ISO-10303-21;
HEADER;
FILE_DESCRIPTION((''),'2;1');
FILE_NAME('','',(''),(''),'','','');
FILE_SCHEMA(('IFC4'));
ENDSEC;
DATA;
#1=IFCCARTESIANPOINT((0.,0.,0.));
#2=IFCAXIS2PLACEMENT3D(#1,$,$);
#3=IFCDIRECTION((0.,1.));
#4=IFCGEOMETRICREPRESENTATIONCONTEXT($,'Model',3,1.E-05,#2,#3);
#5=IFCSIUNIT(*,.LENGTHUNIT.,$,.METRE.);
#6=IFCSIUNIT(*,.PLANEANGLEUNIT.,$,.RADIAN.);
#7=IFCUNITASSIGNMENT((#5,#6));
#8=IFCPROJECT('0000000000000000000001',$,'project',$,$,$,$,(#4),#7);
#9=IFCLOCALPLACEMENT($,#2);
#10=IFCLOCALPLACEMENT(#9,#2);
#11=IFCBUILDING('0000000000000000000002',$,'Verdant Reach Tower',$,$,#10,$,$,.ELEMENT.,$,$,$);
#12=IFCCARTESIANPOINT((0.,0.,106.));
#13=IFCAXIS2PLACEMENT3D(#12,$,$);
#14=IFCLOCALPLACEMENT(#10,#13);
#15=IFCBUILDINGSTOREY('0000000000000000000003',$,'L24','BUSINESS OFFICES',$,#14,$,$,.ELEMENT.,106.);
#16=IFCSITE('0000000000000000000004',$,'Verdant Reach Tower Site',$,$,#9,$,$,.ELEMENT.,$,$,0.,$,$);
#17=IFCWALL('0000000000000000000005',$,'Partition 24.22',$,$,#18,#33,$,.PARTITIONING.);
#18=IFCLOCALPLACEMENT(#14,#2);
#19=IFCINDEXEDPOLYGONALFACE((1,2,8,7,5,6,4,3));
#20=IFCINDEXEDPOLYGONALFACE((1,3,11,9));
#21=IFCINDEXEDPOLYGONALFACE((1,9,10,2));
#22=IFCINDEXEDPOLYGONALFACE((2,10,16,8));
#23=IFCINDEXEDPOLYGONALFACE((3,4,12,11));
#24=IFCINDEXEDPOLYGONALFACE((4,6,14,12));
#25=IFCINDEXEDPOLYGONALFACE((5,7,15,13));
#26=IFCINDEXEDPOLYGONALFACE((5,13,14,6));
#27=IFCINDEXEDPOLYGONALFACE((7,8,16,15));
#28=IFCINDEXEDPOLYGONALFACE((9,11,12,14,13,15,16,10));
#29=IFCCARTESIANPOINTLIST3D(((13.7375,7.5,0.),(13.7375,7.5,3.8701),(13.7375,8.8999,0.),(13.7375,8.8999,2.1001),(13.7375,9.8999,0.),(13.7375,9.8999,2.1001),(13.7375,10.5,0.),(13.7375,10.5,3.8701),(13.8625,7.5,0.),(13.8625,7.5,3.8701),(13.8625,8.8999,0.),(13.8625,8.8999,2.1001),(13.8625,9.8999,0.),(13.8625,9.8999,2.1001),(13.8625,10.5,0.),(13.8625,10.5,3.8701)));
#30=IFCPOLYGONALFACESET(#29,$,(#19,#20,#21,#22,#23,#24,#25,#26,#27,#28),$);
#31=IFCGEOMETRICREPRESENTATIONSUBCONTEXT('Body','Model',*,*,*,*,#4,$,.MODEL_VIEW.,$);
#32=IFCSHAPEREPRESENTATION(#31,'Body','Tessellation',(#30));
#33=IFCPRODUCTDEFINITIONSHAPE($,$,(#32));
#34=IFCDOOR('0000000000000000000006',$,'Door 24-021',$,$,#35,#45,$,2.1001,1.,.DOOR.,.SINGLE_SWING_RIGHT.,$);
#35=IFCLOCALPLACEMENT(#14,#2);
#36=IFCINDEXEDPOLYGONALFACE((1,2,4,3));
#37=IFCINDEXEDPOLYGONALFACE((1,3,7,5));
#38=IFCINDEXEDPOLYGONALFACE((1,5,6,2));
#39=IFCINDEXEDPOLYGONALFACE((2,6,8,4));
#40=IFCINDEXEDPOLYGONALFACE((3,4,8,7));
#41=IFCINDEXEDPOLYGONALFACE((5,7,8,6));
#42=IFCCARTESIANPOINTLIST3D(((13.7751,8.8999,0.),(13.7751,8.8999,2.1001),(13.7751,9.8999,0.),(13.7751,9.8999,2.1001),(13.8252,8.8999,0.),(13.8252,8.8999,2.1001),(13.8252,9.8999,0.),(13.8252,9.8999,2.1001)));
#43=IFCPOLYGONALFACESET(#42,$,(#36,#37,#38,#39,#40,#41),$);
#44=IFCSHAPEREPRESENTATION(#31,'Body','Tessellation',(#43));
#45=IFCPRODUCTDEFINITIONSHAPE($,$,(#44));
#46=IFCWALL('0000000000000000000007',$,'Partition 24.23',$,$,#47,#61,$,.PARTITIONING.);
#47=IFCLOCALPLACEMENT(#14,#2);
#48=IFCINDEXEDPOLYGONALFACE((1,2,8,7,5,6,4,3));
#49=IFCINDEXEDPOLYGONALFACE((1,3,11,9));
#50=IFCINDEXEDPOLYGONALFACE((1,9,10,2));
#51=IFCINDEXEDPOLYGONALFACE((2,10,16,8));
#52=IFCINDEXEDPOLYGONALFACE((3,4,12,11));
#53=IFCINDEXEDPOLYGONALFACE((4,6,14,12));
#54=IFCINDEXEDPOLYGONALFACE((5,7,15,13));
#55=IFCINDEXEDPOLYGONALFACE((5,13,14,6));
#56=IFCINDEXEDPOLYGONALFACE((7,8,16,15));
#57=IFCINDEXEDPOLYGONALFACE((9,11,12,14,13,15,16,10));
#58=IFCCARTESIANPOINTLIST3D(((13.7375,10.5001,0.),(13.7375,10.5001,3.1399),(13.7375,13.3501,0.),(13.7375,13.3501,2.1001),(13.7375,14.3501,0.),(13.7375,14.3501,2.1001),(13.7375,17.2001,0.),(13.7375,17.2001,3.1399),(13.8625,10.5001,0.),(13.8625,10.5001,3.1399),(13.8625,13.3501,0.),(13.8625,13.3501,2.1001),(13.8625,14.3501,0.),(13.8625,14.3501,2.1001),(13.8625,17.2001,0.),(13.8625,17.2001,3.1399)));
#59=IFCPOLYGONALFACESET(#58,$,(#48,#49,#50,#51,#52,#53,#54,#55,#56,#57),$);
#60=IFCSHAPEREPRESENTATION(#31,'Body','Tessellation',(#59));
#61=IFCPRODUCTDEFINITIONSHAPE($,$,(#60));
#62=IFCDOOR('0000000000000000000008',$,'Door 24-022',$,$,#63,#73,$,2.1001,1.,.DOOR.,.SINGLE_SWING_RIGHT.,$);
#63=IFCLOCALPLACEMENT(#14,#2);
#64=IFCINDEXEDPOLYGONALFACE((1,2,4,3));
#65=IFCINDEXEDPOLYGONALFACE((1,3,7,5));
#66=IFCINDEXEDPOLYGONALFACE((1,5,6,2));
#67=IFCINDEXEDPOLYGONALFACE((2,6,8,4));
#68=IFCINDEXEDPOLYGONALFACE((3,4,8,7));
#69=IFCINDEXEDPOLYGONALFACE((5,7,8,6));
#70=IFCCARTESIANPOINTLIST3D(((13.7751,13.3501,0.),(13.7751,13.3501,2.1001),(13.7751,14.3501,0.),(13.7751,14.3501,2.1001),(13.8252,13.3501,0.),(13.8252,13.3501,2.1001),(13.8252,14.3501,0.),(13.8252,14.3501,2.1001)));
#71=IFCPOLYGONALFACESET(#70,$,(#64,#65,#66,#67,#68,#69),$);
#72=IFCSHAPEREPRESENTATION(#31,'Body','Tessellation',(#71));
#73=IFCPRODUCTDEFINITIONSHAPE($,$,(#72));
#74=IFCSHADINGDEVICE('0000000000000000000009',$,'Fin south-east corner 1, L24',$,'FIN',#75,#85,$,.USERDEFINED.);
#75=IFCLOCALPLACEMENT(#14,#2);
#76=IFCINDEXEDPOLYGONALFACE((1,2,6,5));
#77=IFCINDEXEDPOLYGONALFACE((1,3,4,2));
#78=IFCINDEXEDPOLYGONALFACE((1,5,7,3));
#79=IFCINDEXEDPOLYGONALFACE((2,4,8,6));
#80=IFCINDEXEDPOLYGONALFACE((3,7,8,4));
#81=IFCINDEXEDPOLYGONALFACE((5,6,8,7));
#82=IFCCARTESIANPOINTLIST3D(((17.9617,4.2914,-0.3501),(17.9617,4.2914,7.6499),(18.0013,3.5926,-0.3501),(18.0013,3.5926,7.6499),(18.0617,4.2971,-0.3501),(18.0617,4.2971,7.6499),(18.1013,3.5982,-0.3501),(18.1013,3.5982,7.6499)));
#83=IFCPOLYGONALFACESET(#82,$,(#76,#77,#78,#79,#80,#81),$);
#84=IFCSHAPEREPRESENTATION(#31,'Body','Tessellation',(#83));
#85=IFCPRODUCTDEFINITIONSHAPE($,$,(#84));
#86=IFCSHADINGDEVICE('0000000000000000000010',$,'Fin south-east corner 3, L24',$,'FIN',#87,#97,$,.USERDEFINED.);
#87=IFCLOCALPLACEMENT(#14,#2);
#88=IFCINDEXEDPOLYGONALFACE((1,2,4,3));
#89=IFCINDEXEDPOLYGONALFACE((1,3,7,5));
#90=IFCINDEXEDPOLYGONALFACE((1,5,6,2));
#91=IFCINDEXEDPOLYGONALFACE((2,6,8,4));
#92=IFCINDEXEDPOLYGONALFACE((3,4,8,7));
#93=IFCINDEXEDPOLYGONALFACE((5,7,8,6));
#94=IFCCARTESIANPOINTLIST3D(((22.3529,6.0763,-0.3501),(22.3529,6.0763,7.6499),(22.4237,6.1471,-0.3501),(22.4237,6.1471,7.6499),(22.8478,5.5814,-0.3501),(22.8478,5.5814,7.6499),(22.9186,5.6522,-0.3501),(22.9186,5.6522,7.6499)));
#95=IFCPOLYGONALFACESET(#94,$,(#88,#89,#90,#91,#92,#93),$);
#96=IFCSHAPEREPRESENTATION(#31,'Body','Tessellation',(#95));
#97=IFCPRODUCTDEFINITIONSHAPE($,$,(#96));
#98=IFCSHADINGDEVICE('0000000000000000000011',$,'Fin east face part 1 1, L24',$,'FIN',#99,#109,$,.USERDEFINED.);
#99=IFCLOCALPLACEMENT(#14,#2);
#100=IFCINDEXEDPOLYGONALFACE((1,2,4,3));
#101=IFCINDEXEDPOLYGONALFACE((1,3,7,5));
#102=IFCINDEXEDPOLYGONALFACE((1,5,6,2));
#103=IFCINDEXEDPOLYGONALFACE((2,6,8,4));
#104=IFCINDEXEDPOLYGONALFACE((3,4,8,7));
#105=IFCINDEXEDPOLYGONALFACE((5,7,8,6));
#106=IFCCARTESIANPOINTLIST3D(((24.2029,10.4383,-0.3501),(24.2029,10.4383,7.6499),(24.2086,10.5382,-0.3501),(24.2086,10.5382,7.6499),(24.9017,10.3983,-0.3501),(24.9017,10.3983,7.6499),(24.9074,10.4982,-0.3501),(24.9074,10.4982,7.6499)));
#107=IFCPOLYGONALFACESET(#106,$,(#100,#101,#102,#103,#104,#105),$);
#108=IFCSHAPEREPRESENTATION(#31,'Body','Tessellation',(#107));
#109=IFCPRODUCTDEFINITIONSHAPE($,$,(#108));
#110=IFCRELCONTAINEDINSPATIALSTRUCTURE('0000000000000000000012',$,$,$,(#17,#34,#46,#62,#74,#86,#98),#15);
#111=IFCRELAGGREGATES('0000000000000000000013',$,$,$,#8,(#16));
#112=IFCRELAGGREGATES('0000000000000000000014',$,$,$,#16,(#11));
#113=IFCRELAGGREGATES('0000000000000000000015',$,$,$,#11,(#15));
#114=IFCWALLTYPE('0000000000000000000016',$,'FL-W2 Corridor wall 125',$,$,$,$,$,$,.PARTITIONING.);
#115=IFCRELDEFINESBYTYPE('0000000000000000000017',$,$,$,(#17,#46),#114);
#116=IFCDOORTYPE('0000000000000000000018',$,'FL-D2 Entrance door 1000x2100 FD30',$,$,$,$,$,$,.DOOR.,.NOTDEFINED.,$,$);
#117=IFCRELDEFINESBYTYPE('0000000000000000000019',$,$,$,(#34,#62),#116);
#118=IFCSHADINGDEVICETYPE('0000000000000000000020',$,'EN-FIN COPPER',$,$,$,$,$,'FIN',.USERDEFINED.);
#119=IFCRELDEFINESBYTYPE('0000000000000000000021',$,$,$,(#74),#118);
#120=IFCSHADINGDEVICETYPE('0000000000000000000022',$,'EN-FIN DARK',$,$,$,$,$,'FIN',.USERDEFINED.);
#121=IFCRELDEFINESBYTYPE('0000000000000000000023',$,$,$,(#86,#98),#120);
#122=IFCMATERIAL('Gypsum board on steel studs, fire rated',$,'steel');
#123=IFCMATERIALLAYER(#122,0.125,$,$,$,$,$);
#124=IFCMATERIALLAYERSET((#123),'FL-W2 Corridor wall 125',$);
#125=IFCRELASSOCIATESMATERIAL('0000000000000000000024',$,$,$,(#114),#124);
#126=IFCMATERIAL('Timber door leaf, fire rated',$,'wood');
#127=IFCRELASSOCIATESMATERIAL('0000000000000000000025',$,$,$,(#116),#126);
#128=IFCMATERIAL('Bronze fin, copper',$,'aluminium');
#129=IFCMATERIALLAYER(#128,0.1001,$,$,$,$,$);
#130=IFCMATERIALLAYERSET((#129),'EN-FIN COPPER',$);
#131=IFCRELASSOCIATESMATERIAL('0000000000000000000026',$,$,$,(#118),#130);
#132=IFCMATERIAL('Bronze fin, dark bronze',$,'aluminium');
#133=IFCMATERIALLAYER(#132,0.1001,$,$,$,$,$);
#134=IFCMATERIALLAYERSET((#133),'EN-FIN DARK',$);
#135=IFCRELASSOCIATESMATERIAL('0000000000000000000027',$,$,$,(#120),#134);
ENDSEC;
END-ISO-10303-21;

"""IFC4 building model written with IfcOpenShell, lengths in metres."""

from ifc_helpers import new_model, si_unit, direction, frame, frame_2d, origin, origin_2d, place, context, subcontext, project, spatial, rectangle, extrude, material, layer, layer_set, type_object, element, fill, save


model = new_model("IFC4")

# Units and contexts
model_context = context("Model", 3, precision=1e-05, world=origin(), true_north=direction((0.0, 1.0)))
body_context = subcontext(model_context, "Body", "Model", "MODEL_VIEW")
ifc_project = project(units=[si_unit("LENGTHUNIT", "METRE"), si_unit("PLANEANGLEUNIT", "RADIAN")], contexts=[model_context])

# Site, building, storey
site_placement = place(None, origin())
site = spatial("IfcSite", under=ifc_project, at=site_placement, Name="Verdant Reach Tower Site", CompositionType="ELEMENT", RefElevation=0.0)
building_placement = place(site_placement, origin())
building = spatial("IfcBuilding", under=site, at=building_placement, Name="Verdant Reach Tower", CompositionType="ELEMENT")
storey_placement = place(building_placement, frame((0.0, 0.0, 106.0)))
storey = spatial("IfcBuildingStorey", under=building, at=storey_placement, Name="L24", Description="BUSINESS OFFICES", CompositionType="ELEMENT", Elevation=106.0)

# Walls, openings, doors
ifc_material_1 = material(Name="Gypsum board on steel studs, fire rated", Category="steel")
ifc_layer_1 = layer(ifc_material_1, 0.125)
ifc_layer_set_1 = layer_set([ifc_layer_1], Name="FL-W2 Corridor wall 125")
wall_type_1 = type_object("IfcWallType", Name="FL-W2 Corridor wall 125", PredefinedType="PARTITIONING", material=ifc_layer_set_1)
wall_1_placement = place(storey_placement, frame((13.8, 7.5, 0.0), z_axis=(0.0, 0.0, 1.0), x_axis=(0.0, 1.0, 0.0)))
wall_1 = element("IfcWall", 1, at=wall_1_placement, inside=storey, type_object=wall_type_1, Name="Partition 24.22", PredefinedType="PARTITIONING", context=body_context, shape_type="SweptSolid", body=[
    extrude(rectangle(XDim=3.0, YDim=0.125, at=frame_2d((1.5, 0.0))), origin(), (0.0, 0.0, 1.0), 3.8701),
])
opening_1_placement = place(wall_1_placement, frame((1.3999, 0.0, 0.0)))
opening_1 = element("IfcOpeningElement", 2, at=opening_1_placement, cuts=wall_1, PredefinedType="OPENING", context=body_context, shape_type="SweptSolid", body=[
    extrude(rectangle(XDim=1.0, YDim=2.1001, at=frame_2d((0.5, 1.05))), frame((0.0, 0.0725, 0.0), z_axis=(0.0, -1.0, 0.0), x_axis=(1.0, 0.0, 0.0)), (0.0, 0.0, 1.0), 0.145),
])
ifc_material_2 = material(Name="Timber door leaf, fire rated", Category="wood")
door_type = type_object("IfcDoorType", Name="FL-D2 Entrance door 1000x2100 FD30", OperationType="NOTDEFINED", PredefinedType="DOOR", material=ifc_material_2)
door_1_placement = place(opening_1_placement, origin())
door_1 = element("IfcDoor", 3, at=door_1_placement, inside=storey, type_object=door_type, Name="Door 24-021", OperationType="SINGLE_SWING_RIGHT", OverallHeight=2.1001, OverallWidth=1.0, PredefinedType="DOOR", context=body_context, shape_type="SweptSolid", body=[
    extrude(rectangle(XDim=1.0, YDim=2.1001, at=frame_2d((0.5, 1.05))), frame((0.0, 0.0249, 0.0), z_axis=(0.0, -1.0, 0.0), x_axis=(1.0, 0.0, 0.0)), (0.0, 0.0, 1.0), 0.05),
])
fill(opening_1, door_1)
wall_2_placement = place(storey_placement, frame((13.8, 10.5, 0.0), z_axis=(0.0, 0.0, 1.0), x_axis=(0.0, 1.0, 0.0)))
wall_2 = element("IfcWall", 4, at=wall_2_placement, inside=storey, type_object=wall_type_1, Name="Partition 24.23", PredefinedType="PARTITIONING", context=body_context, shape_type="SweptSolid", body=[
    extrude(rectangle(XDim=6.7, YDim=0.125, at=frame_2d((3.3501, 0.0))), origin(), (0.0, 0.0, 1.0), 3.1399),
])
opening_2_placement = place(wall_2_placement, frame((2.8501, 0.0, 0.0)))
opening_2 = element("IfcOpeningElement", 5, at=opening_2_placement, cuts=wall_2, PredefinedType="OPENING", context=body_context, shape_type="SweptSolid", body=[
    extrude(rectangle(XDim=1.0, YDim=2.1001, at=frame_2d((0.5, 1.05))), frame((0.0, 0.0725, 0.0), z_axis=(0.0, -1.0, 0.0), x_axis=(1.0, 0.0, 0.0)), (0.0, 0.0, 1.0), 0.145),
])
door_2_placement = place(opening_2_placement, origin())
door_2 = element("IfcDoor", 6, at=door_2_placement, inside=storey, type_object=door_type, Name="Door 24-022", OperationType="SINGLE_SWING_RIGHT", OverallHeight=2.1001, OverallWidth=1.0, PredefinedType="DOOR", context=body_context, shape_type="SweptSolid", body=[
    extrude(rectangle(XDim=1.0, YDim=2.1001, at=frame_2d((0.5, 1.05))), frame((0.0, 0.0249, 0.0), z_axis=(0.0, -1.0, 0.0), x_axis=(1.0, 0.0, 0.0)), (0.0, 0.0, 1.0), 0.05),
])
fill(opening_2, door_2)

# Shading devices
ifc_material_3 = material(Name="Bronze fin, copper", Category="aluminium")
ifc_layer_2 = layer(ifc_material_3, 0.1001)
ifc_layer_set_2 = layer_set([ifc_layer_2], Name="EN-FIN COPPER")
shading_device_type_1 = type_object("IfcShadingDeviceType", Name="EN-FIN COPPER", ElementType="FIN", PredefinedType="USERDEFINED", material=ifc_layer_set_2)
shading_device_placement = place(storey_placement, frame((18.0315, 3.9448, -0.3501), z_axis=(0.0, 0.0, 1.0), x_axis=(0.998399, 0.056569, 0.0)))
element("IfcShadingDevice", 7, at=shading_device_placement, inside=storey, type_object=shading_device_type_1, Name="Fin south-east corner 1, L24", ObjectType="FIN", PredefinedType="USERDEFINED", context=body_context, shape_type="SweptSolid", body=[
    extrude(rectangle(XDim=0.1001, YDim=0.7, at=origin_2d()), origin(), (0.0, 0.0, 1.0), 8.0),
])
ifc_material_4 = material(Name="Bronze fin, dark bronze", Category="aluminium")
ifc_layer_3 = layer(ifc_material_4, 0.1001)
ifc_layer_set_3 = layer_set([ifc_layer_3], Name="EN-FIN DARK")
shading_device_type_2 = type_object("IfcShadingDeviceType", Name="EN-FIN DARK", ElementType="FIN", PredefinedType="USERDEFINED", material=ifc_layer_set_3)
for number, where, z_axis, x_axis, name in (
    (8, (22.6357, 5.8643, -0.3501), (0.0, 0.0, 1.0), (0.707107, 0.707107, 0.0), "Fin south-east corner 3, L24"),
    (9, (24.5552, 10.4683, -0.3501), (0.0, 0.0, 1.0), (0.057135, 0.998366, 0.0), "Fin east face part 1 1, L24"),
):
    element("IfcShadingDevice", number, at=place(storey_placement, frame(where, z_axis=z_axis, x_axis=x_axis)), inside=storey, type_object=shading_device_type_2, Name=name, ObjectType="FIN", PredefinedType="USERDEFINED", context=body_context, shape_type="SweptSolid", body=[
        extrude(rectangle(XDim=0.1001, YDim=0.7, at=origin_2d()), origin(), (0.0, 0.0, 1.0), 8.0),
    ])

save(model, "model.ifc")
